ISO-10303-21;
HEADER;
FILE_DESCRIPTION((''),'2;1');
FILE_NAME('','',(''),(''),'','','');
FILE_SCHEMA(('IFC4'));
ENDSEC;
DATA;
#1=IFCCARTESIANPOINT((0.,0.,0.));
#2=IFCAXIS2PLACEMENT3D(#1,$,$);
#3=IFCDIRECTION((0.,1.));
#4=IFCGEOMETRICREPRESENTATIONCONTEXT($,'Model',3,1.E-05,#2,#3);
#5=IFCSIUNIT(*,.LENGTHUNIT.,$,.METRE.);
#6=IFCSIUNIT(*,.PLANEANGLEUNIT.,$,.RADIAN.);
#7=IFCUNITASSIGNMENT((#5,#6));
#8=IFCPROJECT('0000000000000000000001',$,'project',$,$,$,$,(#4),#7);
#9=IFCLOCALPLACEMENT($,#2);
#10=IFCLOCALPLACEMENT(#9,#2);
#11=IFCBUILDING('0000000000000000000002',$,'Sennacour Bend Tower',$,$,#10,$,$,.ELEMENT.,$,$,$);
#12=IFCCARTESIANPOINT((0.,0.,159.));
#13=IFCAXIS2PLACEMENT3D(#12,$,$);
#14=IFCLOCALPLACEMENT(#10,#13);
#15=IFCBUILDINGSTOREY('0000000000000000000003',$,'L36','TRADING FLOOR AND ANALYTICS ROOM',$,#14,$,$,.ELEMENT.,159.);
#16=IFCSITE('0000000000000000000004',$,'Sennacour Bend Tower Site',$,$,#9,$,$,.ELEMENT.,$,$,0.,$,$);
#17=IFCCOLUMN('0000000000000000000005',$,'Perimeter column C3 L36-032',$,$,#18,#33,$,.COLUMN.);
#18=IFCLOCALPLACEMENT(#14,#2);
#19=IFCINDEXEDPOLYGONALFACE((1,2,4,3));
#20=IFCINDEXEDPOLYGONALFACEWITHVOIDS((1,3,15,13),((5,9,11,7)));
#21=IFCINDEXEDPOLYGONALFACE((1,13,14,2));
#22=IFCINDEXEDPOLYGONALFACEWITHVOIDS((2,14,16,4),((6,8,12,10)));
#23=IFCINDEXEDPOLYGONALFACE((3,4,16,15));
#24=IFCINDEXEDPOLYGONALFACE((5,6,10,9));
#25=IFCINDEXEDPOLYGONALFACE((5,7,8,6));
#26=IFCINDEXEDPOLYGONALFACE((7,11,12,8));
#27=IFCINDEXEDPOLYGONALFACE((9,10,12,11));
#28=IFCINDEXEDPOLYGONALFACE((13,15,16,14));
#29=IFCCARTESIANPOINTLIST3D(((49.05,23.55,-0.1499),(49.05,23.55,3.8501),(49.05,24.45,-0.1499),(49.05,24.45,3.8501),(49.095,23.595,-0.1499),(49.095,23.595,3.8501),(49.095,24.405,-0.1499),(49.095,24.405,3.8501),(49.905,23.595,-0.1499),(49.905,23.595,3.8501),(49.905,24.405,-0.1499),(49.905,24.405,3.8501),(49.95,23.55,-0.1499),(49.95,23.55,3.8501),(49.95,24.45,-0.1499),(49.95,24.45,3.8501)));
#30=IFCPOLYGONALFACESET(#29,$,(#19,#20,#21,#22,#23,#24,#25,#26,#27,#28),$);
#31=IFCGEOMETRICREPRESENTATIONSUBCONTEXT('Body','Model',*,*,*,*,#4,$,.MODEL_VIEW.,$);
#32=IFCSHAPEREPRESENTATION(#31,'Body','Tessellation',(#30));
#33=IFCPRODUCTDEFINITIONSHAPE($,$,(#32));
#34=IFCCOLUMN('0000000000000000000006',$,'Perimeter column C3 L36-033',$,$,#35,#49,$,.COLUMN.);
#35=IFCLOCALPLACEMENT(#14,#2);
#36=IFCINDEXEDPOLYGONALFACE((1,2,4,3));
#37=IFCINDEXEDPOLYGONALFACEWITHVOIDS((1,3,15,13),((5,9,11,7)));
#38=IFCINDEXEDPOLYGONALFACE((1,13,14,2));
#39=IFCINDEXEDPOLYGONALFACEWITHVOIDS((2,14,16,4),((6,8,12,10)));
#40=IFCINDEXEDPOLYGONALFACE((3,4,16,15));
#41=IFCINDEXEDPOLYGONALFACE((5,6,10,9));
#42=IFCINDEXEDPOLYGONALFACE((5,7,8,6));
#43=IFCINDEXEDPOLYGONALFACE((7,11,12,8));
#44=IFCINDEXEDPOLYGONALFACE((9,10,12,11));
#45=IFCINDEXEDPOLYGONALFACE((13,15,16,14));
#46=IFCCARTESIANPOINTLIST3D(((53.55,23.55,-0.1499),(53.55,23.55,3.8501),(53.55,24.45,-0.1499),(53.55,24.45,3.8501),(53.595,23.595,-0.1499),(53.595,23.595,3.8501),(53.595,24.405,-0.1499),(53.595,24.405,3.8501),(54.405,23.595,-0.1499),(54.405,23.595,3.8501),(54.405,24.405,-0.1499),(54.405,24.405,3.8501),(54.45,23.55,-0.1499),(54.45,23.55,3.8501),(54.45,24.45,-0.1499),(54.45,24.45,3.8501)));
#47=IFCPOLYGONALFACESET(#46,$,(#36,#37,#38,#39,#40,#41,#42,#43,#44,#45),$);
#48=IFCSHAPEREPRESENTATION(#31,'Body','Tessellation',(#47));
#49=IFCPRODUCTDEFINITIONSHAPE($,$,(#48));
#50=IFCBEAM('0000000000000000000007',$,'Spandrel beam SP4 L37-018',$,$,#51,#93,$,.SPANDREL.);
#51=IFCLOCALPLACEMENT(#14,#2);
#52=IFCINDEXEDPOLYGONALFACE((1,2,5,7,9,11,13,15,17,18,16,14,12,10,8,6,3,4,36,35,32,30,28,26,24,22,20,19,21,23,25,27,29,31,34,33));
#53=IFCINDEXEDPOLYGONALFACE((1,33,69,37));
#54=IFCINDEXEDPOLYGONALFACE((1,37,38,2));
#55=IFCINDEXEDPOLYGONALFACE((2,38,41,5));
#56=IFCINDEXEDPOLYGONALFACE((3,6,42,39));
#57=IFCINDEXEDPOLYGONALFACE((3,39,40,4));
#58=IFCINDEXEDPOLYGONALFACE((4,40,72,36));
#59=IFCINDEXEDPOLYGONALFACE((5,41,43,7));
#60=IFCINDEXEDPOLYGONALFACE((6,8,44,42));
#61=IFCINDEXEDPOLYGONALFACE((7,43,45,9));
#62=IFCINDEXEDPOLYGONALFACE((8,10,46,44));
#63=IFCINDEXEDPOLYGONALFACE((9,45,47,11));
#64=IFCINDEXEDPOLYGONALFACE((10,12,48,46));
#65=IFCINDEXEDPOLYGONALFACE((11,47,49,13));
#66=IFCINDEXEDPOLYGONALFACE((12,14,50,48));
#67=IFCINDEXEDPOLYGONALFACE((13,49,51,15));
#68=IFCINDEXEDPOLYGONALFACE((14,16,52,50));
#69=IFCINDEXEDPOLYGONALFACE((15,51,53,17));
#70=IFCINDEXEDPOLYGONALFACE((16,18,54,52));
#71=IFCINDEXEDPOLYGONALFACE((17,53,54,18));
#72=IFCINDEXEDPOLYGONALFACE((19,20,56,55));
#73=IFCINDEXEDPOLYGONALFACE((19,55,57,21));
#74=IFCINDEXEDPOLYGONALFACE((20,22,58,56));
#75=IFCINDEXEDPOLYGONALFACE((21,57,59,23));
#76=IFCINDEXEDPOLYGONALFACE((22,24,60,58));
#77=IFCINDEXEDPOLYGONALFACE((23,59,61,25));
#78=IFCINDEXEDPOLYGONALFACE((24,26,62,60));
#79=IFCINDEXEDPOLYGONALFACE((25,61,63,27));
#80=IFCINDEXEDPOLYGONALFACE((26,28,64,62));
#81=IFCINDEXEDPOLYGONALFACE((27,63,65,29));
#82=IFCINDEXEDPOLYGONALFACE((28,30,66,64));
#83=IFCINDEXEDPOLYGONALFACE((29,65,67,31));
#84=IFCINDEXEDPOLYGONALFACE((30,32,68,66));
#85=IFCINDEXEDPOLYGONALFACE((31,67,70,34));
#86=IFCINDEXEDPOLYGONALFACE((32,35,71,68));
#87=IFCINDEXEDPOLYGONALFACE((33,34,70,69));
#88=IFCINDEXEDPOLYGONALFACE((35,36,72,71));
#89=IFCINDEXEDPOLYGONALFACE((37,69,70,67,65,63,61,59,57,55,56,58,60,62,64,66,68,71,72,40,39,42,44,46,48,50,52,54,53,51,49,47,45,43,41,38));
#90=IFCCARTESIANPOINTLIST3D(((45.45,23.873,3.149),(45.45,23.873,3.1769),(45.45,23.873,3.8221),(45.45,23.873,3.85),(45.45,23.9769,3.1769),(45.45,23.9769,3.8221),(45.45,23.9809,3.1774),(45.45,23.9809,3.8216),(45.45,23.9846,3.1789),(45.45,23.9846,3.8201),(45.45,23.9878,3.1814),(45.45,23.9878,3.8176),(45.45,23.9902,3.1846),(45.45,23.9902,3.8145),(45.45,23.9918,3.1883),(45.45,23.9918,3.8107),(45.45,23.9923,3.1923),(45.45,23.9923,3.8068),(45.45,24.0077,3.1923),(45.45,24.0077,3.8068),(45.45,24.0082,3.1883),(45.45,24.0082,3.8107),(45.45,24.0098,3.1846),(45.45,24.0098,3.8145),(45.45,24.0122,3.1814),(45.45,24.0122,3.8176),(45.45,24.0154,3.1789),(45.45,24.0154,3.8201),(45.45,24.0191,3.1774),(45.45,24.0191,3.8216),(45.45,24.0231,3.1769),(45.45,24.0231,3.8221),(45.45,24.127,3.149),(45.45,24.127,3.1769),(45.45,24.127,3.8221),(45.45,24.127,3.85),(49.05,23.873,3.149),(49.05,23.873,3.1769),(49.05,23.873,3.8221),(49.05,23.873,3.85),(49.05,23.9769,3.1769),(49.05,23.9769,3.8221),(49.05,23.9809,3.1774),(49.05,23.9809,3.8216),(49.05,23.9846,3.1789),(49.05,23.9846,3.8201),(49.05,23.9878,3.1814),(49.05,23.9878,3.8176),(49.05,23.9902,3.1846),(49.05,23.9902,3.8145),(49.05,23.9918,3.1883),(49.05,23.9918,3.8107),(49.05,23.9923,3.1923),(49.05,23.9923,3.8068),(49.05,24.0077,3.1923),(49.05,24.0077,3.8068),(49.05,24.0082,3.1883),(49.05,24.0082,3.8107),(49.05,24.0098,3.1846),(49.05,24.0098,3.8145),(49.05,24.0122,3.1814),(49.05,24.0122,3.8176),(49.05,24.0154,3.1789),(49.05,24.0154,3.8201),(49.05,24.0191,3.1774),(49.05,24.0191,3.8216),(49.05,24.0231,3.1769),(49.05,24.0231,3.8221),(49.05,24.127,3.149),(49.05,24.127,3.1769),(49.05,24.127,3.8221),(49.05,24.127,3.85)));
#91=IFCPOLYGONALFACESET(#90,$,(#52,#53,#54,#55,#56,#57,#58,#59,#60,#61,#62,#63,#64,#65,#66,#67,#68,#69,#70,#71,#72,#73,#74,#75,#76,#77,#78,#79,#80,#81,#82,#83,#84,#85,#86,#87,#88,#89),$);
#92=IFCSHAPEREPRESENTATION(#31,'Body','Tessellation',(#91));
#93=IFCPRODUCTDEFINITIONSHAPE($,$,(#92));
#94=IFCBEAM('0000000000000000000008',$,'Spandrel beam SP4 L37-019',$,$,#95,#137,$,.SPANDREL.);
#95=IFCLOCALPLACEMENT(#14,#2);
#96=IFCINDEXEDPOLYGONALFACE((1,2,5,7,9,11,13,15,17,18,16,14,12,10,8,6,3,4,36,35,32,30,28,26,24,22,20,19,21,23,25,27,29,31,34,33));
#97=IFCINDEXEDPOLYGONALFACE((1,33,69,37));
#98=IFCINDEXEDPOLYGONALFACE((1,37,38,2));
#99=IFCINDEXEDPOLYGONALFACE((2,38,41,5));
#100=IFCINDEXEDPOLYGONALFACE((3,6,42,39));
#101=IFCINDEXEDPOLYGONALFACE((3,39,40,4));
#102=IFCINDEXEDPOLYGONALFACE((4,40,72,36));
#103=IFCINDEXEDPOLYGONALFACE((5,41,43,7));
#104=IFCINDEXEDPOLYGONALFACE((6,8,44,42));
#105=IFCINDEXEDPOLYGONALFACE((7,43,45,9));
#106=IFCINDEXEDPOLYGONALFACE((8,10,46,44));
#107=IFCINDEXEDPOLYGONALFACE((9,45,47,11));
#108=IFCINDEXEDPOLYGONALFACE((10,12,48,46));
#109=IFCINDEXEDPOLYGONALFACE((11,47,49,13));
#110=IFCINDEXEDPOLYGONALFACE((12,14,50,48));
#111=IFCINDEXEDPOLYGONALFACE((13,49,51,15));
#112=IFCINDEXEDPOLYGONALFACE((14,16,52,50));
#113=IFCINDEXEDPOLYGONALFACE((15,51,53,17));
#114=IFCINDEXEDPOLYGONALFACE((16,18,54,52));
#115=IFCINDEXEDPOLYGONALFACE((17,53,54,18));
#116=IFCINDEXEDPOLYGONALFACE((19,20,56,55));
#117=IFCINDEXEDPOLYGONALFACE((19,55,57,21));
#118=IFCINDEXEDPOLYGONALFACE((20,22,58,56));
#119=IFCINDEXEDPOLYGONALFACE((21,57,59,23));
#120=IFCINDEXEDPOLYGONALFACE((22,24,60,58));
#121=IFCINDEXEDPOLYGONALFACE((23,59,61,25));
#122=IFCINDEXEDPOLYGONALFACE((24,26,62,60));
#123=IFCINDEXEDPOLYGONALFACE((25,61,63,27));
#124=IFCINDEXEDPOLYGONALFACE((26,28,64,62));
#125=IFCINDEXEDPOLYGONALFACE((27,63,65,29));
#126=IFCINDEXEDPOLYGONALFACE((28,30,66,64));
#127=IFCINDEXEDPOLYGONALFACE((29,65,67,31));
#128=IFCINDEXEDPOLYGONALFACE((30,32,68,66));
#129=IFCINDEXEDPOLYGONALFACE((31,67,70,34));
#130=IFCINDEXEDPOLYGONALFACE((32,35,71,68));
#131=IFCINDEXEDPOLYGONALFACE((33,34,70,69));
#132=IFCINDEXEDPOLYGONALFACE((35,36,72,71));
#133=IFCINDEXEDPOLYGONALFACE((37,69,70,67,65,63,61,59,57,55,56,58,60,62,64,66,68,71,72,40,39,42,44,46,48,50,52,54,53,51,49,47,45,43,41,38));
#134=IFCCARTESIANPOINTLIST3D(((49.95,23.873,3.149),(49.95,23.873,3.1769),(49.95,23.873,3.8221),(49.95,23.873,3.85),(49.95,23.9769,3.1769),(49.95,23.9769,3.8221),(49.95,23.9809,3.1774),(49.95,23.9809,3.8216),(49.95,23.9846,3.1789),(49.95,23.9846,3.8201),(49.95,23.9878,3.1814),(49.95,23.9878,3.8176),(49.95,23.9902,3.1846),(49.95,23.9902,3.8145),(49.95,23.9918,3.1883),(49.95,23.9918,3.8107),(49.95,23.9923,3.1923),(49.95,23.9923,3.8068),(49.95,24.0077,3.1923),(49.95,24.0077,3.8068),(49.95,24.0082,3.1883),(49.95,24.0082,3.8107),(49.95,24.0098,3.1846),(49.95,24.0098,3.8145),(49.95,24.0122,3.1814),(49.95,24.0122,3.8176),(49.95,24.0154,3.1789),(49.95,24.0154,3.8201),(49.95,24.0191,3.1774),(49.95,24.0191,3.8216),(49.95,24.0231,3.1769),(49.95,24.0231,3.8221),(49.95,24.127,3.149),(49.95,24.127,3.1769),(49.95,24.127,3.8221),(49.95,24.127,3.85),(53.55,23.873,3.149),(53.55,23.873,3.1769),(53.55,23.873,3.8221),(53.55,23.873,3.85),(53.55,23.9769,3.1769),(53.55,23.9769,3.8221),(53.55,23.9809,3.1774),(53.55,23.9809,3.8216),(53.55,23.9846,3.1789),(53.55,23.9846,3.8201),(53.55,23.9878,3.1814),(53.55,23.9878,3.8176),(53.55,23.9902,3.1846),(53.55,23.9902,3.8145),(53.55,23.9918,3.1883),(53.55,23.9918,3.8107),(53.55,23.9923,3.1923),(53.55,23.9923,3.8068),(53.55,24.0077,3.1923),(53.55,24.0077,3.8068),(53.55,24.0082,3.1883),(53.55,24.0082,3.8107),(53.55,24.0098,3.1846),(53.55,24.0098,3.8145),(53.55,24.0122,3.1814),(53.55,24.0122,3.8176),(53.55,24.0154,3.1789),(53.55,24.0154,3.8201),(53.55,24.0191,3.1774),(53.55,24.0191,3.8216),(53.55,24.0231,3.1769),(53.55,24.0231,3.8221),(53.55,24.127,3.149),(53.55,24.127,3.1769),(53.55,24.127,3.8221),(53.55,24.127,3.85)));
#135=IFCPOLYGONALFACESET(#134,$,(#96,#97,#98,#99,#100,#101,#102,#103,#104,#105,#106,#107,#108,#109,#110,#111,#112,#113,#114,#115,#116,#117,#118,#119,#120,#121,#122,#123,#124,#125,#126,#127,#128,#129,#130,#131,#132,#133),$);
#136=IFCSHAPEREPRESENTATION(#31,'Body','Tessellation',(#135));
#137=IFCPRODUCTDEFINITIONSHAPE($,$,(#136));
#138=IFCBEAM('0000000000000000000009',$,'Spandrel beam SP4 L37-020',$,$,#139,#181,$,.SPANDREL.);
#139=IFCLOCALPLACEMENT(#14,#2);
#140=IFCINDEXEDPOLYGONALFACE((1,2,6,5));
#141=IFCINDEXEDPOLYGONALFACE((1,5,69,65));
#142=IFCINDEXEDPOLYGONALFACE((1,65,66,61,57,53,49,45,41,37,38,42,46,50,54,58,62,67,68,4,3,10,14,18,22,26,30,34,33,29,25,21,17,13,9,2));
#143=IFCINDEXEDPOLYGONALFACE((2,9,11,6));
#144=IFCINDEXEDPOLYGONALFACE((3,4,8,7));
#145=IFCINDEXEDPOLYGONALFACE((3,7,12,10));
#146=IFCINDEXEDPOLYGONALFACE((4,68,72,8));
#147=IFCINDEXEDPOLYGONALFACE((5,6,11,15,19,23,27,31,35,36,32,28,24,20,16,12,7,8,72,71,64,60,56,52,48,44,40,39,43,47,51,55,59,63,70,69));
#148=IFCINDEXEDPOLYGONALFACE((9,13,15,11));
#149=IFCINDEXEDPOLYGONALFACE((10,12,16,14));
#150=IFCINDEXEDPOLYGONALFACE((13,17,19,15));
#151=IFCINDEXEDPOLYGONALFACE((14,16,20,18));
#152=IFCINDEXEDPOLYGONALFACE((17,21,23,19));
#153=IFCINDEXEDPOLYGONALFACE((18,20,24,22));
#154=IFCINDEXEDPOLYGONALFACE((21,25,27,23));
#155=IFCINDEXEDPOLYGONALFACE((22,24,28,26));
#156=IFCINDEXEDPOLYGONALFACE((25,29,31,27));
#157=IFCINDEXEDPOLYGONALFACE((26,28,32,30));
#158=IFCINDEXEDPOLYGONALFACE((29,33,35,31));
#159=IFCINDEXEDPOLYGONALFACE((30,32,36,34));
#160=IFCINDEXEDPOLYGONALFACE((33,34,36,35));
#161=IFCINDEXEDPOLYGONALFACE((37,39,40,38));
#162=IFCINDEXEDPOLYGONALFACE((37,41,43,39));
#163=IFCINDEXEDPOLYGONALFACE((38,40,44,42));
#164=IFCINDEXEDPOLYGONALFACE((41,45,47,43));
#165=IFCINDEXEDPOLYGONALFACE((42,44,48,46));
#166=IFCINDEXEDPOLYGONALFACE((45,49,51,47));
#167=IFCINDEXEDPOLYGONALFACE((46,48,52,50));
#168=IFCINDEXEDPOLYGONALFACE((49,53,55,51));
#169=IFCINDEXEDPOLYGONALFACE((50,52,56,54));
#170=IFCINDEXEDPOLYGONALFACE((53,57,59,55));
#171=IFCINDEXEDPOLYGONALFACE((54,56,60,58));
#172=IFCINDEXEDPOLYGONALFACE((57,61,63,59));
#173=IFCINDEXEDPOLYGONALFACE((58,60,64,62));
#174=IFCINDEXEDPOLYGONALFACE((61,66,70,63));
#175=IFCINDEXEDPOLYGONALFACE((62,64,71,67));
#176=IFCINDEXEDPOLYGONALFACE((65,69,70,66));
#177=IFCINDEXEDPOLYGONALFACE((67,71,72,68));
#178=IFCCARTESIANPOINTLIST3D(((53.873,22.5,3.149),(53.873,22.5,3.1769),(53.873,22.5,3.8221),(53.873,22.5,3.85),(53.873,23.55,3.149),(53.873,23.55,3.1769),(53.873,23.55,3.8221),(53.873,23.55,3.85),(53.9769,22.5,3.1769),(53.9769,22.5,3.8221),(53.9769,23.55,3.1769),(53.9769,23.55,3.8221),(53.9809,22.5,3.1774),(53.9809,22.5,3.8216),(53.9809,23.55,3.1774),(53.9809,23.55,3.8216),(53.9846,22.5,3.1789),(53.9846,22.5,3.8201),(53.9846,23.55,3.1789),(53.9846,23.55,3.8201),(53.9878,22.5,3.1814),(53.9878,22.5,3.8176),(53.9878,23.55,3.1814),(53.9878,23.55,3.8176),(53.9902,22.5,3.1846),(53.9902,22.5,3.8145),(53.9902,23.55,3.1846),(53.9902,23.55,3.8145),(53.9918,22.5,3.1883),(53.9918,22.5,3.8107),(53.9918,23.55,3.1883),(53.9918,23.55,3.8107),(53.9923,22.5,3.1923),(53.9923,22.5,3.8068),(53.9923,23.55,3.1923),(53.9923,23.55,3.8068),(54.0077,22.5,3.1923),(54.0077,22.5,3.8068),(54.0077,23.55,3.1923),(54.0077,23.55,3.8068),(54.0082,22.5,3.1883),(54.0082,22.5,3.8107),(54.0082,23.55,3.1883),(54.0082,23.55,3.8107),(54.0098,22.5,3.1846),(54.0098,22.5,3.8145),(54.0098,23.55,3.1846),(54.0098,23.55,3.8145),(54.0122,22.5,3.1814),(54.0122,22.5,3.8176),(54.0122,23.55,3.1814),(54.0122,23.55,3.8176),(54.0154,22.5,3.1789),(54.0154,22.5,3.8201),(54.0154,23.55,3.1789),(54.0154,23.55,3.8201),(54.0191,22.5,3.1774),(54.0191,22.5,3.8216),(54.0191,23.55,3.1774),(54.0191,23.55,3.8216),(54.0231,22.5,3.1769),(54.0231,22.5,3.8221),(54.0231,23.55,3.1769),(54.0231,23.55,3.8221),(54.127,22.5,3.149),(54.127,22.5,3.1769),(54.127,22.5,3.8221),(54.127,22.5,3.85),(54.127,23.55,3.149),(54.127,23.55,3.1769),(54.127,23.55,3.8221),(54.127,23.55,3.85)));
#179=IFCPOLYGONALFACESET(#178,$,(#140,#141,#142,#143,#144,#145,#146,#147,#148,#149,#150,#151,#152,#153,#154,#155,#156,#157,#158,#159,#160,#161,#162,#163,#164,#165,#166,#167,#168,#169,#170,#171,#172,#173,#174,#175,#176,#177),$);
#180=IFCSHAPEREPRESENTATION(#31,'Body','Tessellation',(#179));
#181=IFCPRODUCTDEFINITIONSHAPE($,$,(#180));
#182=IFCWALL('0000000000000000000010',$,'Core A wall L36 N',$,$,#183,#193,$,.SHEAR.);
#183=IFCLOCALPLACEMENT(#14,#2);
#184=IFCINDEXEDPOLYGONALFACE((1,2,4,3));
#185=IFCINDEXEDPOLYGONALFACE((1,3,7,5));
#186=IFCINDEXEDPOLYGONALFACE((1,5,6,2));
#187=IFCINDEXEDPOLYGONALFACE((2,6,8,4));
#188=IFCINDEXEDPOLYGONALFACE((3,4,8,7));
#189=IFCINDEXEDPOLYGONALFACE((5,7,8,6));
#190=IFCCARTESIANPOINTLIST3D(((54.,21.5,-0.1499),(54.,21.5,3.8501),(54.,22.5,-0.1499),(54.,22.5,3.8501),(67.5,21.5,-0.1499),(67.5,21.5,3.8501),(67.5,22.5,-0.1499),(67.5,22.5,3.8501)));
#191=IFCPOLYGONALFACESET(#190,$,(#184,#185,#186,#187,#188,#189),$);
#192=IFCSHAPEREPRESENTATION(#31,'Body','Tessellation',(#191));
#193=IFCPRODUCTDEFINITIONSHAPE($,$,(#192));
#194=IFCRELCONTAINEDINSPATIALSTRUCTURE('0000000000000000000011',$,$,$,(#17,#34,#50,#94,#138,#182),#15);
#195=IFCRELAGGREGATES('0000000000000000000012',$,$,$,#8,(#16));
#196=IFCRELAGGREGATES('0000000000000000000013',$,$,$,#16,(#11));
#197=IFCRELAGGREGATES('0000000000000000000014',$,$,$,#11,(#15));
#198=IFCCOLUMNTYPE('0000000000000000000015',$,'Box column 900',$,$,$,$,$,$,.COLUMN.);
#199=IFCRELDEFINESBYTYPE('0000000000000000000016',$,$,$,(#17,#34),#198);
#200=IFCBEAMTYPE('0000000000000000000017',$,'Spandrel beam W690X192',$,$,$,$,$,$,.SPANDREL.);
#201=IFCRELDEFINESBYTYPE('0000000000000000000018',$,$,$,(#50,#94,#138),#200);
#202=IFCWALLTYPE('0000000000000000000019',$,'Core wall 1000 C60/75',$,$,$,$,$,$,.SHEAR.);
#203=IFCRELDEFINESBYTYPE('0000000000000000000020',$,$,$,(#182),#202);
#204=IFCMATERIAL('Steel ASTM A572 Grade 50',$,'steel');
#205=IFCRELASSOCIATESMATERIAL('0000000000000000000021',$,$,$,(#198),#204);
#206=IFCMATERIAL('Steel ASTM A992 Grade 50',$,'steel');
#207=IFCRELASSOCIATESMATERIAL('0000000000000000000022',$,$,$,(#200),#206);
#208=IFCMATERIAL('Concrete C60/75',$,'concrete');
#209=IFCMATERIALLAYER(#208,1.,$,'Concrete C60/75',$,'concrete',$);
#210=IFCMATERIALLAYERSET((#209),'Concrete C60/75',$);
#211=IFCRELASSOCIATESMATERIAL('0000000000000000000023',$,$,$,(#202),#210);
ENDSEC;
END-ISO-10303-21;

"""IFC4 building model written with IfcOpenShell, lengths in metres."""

from ifc_helpers import new_model, si_unit, direction, frame, frame_2d, origin, origin_2d, place, context, subcontext, project, spatial, rectangle, hollow_rectangle, i_section, extrude, material, layer, layer_set, material_profile, profile_set, type_object, element, save


model = new_model("IFC4")

# Units and contexts
model_context = context("Model", 3, precision=1e-05, world=origin(), true_north=direction((0.0, 1.0)))
body_context = subcontext(model_context, "Body", "Model", "MODEL_VIEW")
ifc_project = project(units=[si_unit("LENGTHUNIT", "METRE"), si_unit("PLANEANGLEUNIT", "RADIAN")], contexts=[model_context])

# Site, building, storey
site_placement = place(None, origin())
site = spatial("IfcSite", under=ifc_project, at=site_placement, Name="Sennacour Bend Tower Site", CompositionType="ELEMENT", RefElevation=0.0)
building_placement = place(site_placement, origin())
building = spatial("IfcBuilding", under=site, at=building_placement, Name="Sennacour Bend Tower", CompositionType="ELEMENT")
storey_placement = place(building_placement, frame((0.0, 0.0, 159.0)))
storey = spatial("IfcBuildingStorey", under=building, at=storey_placement, Name="L36", Description="TRADING FLOOR AND ANALYTICS ROOM", CompositionType="ELEMENT", Elevation=159.0)

# Columns
ifc_material_1 = material(Name="Steel ASTM A572 Grade 50", Category="steel")
ifc_material_profile_1 = material_profile(ifc_material_1, hollow_rectangle(XDim=0.8999, YDim=0.8999, WallThickness=0.0449, at=origin_2d()), Name="Steel ASTM A572 Grade 50", Category="steel")
ifc_profile_set_1 = profile_set([ifc_material_profile_1], Name="Steel ASTM A572 Grade 50")
column_type = type_object("IfcColumnType", Name="Box column 900", PredefinedType="COLUMN", material=ifc_profile_set_1)
for number, where, z_axis, x_axis, name in (
    (1, (49.5, 24.0, -0.1499), (0.0, 0.0, 1.0), (1.0, 0.0, 0.0), "Perimeter column C3 L36-032"),
    (2, (54.0, 24.0, -0.1499), (0.0, 0.0, 1.0), (1.0, 0.0, 0.0), "Perimeter column C3 L36-033"),
):
    element("IfcColumn", number, at=place(storey_placement, frame(where, z_axis=z_axis, x_axis=x_axis)), inside=storey, type_object=column_type, Name=name, PredefinedType="COLUMN", context=body_context, shape_type="SweptSolid", body=[
        extrude(hollow_rectangle(XDim=0.8999, YDim=0.8999, WallThickness=0.0449, at=origin_2d()), origin(), (0.0, 0.0, 1.0), 4.0),
    ])

# Beams
ifc_material_2 = material(Name="Steel ASTM A992 Grade 50", Category="steel")
ifc_material_profile_2 = material_profile(ifc_material_2, i_section(OverallWidth=0.2539, OverallDepth=0.7009, WebThickness=0.0154, FlangeThickness=0.0278, FilletRadius=0.0154, at=origin_2d()), Name="Steel ASTM A992 Grade 50", Category="steel")
ifc_profile_set_2 = profile_set([ifc_material_profile_2], Name="Steel ASTM A992 Grade 50")
beam_type = type_object("IfcBeamType", Name="Spandrel beam W690X192", PredefinedType="SPANDREL", material=ifc_profile_set_2)
for number, where, z_axis, x_axis, name in (
    (3, (45.45, 24.0, 3.4995), (1.0, 0.0, 0.0), (0.0, 1.0, 0.0), "Spandrel beam SP4 L37-018"),
    (4, (49.95, 24.0, 3.4995), (1.0, 0.0, 0.0), (0.0, 1.0, 0.0), "Spandrel beam SP4 L37-019"),
):
    element("IfcBeam", number, at=place(storey_placement, frame(where, z_axis=z_axis, x_axis=x_axis)), inside=storey, type_object=beam_type, Name=name, PredefinedType="SPANDREL", context=body_context, shape_type="SweptSolid", body=[
        extrude(i_section(OverallWidth=0.2539, OverallDepth=0.7009, WebThickness=0.0154, FlangeThickness=0.0278, FilletRadius=0.0154, at=origin_2d()), origin(), (0.0, 0.0, 1.0), 3.6001),
    ])
beam_placement = place(storey_placement, frame((54.0, 23.55, 3.4995), z_axis=(0.0, -1.0, 0.0), x_axis=(1.0, 0.0, 0.0)))
element("IfcBeam", 5, at=beam_placement, inside=storey, type_object=beam_type, Name="Spandrel beam SP4 L37-020", PredefinedType="SPANDREL", context=body_context, shape_type="SweptSolid", body=[
    extrude(i_section(OverallWidth=0.2539, OverallDepth=0.7009, WebThickness=0.0154, FlangeThickness=0.0278, FilletRadius=0.0154, at=origin_2d()), origin(), (0.0, 0.0, 1.0), 1.05),
])

# Wall
ifc_material_3 = material(Name="Concrete C60/75", Category="concrete")
ifc_layer_1 = layer(ifc_material_3, 1.0, Name="Concrete C60/75", Category="concrete")
ifc_layer_set_1 = layer_set([ifc_layer_1], Name="Concrete C60/75")
wall_type_1 = type_object("IfcWallType", Name="Core wall 1000 C60/75", PredefinedType="SHEAR", material=ifc_layer_set_1)
wall_1_placement = place(storey_placement, frame((54.0, 22.0, -0.1499), z_axis=(0.0, 0.0, 1.0), x_axis=(1.0, 0.0, 0.0)))
element("IfcWall", 6, at=wall_1_placement, inside=storey, type_object=wall_type_1, Name="Core A wall L36 N", PredefinedType="SHEAR", context=body_context, shape_type="SweptSolid", body=[
    extrude(rectangle(XDim=13.5, YDim=1.0, at=frame_2d((6.75, 0.0))), origin(), (0.0, 0.0, 1.0), 4.0),
])

save(model, "model.ifc")
